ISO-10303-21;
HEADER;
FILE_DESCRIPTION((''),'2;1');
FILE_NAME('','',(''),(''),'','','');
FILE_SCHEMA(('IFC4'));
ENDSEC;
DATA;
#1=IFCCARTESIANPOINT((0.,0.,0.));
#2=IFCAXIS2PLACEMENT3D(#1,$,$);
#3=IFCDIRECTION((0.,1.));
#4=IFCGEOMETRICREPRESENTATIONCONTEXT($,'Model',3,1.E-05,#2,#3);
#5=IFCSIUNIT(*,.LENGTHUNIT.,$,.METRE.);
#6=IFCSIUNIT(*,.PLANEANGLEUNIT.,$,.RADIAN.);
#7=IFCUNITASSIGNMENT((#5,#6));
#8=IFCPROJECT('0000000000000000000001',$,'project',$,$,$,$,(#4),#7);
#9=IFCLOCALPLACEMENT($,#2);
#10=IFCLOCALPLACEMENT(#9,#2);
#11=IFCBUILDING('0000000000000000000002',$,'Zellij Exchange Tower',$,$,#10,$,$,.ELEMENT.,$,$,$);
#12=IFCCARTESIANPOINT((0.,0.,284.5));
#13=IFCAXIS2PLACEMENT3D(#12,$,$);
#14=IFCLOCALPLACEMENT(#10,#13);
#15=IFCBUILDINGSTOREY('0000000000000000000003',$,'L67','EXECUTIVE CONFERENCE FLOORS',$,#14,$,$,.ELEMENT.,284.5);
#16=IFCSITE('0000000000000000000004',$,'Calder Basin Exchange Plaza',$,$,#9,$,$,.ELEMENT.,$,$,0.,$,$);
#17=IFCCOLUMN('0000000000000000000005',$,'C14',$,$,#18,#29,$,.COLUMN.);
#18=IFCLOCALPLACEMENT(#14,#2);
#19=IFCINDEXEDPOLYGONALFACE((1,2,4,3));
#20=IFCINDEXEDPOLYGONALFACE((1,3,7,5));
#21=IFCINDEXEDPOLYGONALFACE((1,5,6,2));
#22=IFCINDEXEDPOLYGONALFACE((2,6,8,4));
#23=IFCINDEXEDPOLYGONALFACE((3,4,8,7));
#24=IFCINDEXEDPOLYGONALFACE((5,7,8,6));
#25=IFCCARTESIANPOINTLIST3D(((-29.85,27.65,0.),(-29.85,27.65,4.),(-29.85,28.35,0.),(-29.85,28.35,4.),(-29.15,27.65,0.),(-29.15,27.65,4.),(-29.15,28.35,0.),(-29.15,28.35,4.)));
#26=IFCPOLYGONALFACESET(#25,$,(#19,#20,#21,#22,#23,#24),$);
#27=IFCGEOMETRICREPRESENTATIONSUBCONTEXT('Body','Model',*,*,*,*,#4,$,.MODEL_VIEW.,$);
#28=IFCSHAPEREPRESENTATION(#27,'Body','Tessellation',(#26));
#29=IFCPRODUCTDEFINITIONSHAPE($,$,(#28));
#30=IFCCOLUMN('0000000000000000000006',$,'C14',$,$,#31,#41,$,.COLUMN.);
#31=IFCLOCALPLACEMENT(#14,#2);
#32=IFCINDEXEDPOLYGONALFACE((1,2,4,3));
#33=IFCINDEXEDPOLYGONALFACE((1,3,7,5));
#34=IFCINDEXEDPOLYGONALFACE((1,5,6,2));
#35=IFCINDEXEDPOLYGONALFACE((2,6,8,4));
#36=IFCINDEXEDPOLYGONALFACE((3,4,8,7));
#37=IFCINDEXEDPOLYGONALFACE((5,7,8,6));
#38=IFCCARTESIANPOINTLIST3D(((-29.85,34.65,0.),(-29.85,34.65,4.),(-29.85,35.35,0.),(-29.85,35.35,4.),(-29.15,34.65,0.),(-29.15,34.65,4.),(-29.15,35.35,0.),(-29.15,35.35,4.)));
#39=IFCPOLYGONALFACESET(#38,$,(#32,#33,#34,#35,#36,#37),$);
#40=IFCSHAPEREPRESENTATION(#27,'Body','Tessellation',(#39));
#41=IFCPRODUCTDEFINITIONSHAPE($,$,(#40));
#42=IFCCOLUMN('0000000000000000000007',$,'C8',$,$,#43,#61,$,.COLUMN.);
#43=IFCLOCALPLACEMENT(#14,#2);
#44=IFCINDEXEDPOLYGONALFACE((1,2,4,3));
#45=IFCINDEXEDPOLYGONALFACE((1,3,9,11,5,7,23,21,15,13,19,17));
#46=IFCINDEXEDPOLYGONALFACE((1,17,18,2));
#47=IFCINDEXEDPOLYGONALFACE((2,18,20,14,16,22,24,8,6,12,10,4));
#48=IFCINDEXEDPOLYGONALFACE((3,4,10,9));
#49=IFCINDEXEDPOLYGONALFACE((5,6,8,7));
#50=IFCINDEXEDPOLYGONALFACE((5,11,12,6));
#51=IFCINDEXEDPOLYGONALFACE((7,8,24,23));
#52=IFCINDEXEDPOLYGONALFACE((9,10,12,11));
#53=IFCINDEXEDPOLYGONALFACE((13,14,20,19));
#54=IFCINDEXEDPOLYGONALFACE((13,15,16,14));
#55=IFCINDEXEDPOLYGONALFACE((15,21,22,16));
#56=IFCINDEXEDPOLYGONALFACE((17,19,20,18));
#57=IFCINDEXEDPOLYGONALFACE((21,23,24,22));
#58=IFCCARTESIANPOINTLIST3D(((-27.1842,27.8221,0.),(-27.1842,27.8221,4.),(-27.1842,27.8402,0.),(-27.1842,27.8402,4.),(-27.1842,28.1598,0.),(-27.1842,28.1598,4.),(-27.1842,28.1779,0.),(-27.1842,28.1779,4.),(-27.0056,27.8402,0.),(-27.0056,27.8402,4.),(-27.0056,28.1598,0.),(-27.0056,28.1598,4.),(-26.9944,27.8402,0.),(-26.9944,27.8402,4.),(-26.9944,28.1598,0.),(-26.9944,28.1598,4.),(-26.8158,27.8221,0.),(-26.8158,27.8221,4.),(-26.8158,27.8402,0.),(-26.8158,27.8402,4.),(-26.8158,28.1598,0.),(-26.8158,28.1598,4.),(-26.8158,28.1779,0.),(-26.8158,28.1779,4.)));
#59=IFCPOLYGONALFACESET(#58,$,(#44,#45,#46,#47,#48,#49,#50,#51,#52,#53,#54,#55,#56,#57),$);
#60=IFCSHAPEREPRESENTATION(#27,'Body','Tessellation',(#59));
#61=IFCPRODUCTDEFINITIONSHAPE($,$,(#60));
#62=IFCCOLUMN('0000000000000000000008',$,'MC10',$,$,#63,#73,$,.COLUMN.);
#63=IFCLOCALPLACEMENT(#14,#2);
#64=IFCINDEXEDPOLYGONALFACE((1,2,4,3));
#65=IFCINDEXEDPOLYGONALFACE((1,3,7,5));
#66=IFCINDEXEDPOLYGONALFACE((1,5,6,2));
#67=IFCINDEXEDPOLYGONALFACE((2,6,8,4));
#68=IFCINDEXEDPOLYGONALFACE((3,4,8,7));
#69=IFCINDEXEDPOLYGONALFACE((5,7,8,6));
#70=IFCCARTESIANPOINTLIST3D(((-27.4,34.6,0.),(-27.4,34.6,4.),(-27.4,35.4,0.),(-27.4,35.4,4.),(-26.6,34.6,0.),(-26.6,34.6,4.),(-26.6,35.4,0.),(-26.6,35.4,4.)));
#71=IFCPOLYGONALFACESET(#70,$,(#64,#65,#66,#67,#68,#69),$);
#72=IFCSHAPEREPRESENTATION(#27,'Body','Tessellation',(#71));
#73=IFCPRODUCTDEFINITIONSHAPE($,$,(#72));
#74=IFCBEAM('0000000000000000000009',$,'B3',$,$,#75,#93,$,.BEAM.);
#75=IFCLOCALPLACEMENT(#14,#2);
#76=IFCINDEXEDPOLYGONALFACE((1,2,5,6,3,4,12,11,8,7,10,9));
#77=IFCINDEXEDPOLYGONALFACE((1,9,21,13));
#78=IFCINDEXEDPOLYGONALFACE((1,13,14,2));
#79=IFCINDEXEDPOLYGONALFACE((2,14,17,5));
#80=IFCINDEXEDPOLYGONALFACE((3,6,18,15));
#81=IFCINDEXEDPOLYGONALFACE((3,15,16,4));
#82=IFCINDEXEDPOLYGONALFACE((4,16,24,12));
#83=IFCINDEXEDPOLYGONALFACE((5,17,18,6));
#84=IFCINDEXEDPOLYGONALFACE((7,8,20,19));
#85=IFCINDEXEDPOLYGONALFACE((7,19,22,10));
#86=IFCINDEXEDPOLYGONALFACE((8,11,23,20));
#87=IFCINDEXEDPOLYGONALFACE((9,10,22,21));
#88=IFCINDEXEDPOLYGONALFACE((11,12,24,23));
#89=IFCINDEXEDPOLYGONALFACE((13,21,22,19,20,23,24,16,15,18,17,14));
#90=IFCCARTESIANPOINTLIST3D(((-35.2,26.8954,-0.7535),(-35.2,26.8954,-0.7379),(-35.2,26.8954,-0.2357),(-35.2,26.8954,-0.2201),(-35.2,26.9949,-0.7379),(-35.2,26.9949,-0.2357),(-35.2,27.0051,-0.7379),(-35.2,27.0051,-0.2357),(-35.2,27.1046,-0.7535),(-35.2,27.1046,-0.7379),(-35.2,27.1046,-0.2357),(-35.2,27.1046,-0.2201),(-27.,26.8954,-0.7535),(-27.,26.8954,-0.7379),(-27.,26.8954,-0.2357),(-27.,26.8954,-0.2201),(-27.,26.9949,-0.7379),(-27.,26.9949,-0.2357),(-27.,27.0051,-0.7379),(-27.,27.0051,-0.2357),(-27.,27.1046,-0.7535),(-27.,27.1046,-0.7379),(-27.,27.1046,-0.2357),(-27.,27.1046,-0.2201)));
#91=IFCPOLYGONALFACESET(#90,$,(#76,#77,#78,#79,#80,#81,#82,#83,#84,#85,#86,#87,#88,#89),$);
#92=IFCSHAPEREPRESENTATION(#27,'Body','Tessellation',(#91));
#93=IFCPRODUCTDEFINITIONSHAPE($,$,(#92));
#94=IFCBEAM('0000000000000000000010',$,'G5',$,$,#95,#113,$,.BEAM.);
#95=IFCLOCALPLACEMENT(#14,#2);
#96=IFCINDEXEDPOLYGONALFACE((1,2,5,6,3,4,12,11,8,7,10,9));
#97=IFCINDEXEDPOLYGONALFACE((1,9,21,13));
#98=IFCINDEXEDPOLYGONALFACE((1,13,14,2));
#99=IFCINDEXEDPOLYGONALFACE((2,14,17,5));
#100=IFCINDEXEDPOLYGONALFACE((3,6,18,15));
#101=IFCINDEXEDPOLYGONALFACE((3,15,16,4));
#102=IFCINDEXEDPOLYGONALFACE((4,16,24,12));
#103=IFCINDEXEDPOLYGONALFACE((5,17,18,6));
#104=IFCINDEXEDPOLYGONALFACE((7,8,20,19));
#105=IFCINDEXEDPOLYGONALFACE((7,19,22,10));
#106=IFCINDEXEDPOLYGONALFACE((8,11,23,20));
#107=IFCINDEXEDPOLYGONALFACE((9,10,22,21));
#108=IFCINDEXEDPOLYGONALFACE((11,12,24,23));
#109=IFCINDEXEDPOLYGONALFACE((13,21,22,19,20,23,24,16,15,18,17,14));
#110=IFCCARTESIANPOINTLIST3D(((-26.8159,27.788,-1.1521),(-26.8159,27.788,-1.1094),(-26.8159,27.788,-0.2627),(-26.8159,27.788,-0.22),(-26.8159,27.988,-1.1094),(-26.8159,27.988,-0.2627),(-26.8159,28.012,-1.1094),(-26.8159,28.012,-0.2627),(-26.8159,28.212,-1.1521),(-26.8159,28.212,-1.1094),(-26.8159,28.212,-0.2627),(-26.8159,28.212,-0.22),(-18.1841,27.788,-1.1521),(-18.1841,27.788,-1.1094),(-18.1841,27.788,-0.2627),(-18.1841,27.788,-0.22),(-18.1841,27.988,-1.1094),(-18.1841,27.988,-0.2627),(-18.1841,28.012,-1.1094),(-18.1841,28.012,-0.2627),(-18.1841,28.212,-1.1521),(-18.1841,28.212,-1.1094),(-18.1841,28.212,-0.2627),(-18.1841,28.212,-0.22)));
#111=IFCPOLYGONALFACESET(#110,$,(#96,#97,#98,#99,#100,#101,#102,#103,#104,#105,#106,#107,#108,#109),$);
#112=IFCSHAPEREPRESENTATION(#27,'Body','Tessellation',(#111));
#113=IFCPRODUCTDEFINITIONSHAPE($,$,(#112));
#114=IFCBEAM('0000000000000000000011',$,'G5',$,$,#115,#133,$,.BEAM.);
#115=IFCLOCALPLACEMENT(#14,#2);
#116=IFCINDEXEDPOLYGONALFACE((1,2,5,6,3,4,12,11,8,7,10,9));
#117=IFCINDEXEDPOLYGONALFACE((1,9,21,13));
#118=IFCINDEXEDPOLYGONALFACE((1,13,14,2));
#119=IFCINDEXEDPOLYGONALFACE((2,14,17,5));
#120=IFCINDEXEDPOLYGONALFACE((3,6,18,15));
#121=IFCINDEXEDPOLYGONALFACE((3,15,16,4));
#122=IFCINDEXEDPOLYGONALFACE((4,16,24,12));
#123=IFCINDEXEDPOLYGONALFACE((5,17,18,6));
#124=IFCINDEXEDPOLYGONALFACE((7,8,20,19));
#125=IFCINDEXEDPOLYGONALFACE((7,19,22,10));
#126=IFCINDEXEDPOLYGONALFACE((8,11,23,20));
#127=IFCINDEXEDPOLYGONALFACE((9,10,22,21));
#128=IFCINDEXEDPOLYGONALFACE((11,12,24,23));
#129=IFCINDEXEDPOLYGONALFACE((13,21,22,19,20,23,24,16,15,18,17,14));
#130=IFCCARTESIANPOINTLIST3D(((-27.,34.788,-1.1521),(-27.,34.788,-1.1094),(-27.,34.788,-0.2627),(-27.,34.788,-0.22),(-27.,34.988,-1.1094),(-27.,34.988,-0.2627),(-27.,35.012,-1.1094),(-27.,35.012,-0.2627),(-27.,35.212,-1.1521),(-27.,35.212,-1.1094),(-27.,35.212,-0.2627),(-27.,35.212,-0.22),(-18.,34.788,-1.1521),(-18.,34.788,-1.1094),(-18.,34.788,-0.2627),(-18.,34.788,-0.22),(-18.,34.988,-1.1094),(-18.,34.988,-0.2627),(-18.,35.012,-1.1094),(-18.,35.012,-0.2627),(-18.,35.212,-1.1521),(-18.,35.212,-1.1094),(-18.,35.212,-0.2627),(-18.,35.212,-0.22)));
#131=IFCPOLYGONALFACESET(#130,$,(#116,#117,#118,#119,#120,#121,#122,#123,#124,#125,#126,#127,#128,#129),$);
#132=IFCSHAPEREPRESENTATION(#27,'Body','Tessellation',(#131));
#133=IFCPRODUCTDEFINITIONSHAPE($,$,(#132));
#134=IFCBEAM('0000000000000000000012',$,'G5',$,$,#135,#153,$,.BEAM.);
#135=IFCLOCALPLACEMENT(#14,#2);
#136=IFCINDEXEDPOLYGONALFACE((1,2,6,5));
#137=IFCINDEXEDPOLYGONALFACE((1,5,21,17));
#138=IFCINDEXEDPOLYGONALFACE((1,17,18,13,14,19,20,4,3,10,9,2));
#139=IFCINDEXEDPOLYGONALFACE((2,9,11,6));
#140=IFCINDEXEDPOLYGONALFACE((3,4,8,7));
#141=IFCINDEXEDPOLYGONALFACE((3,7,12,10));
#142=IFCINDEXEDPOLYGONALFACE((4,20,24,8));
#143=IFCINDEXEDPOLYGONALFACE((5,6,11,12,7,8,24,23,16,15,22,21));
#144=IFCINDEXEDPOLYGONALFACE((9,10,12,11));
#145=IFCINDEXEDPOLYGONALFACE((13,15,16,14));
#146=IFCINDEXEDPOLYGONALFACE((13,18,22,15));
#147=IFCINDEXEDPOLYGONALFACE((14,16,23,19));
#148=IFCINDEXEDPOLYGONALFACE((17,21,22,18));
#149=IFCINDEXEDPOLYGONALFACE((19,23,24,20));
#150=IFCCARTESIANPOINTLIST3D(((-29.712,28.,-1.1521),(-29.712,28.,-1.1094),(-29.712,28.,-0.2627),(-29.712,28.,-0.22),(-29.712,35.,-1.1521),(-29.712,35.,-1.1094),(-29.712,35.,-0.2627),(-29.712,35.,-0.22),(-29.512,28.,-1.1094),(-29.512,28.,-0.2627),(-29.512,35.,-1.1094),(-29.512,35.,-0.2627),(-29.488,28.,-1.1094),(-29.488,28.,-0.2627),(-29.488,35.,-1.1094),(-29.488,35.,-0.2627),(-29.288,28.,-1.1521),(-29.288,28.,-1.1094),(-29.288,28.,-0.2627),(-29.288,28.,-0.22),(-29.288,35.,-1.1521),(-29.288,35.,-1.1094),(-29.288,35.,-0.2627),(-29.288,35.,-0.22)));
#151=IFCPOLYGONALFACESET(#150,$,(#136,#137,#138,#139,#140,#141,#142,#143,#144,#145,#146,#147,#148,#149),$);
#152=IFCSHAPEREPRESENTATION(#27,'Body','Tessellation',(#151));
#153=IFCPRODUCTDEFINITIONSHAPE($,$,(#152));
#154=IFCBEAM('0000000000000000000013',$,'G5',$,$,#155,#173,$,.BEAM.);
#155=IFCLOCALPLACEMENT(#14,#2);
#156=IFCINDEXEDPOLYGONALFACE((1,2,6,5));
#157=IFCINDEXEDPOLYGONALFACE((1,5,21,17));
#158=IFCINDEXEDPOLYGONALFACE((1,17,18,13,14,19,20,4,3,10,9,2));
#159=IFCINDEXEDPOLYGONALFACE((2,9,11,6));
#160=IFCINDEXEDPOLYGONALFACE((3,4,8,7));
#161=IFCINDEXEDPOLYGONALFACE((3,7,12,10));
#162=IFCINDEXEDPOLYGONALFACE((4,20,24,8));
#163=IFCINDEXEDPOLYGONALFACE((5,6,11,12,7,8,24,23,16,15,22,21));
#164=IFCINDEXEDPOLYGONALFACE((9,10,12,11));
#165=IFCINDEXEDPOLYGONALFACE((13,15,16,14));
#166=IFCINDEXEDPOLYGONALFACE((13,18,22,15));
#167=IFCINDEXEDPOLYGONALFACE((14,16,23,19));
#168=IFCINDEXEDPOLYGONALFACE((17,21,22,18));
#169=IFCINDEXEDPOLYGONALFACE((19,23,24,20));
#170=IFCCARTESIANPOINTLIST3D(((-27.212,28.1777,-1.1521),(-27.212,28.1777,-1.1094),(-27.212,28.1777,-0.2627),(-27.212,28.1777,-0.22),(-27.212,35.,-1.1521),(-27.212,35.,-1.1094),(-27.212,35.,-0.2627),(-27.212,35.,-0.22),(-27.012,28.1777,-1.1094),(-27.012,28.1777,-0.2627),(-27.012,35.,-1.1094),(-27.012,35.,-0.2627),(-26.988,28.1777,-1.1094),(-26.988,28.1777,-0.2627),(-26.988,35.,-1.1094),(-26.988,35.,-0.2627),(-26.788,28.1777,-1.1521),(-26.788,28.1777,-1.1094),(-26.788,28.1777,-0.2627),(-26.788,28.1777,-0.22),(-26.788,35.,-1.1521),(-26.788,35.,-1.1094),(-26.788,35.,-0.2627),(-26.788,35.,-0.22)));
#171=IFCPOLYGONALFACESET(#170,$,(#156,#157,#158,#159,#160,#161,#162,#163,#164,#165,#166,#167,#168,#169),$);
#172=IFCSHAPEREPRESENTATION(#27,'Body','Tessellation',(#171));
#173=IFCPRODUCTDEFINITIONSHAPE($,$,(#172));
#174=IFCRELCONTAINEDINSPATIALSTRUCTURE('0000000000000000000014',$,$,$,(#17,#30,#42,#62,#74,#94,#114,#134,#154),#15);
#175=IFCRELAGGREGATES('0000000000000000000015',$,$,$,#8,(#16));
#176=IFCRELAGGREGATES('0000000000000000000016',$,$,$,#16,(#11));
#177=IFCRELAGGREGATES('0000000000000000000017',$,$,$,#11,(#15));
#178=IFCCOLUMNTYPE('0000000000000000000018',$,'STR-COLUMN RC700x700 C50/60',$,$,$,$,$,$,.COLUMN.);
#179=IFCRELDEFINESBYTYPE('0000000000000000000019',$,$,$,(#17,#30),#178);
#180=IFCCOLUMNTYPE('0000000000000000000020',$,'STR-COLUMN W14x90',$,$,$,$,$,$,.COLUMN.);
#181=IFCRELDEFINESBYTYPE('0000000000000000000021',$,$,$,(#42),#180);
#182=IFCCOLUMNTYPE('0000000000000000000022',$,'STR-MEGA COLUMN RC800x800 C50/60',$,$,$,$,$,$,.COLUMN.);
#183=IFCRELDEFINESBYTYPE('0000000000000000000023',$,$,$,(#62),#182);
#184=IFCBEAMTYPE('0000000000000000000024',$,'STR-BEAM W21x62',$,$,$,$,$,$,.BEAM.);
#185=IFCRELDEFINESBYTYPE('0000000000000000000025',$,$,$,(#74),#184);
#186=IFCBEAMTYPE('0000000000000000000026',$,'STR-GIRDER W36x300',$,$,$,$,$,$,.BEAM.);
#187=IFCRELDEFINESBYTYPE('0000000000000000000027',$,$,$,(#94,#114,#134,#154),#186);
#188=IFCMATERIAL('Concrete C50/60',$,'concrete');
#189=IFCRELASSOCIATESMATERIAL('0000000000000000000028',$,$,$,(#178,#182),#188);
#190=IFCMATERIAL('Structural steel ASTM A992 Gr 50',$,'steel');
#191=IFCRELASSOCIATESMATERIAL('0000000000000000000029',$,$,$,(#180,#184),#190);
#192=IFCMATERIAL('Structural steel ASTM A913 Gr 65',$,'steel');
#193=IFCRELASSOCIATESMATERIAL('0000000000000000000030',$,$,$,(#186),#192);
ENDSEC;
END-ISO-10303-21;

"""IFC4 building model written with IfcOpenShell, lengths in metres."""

from ifc_helpers import new_model, si_unit, direction, frame, origin, origin_2d, place, context, subcontext, project, spatial, rectangle, i_section, extrude, material, material_profile, profile_set, type_object, element, save


model = new_model("IFC4")

# Units and contexts
model_context = context("Model", 3, precision=1e-05, world=origin(), true_north=direction((0.0, 1.0)))
body_context = subcontext(model_context, "Body", "Model", "MODEL_VIEW")
ifc_project = project(units=[si_unit("LENGTHUNIT", "METRE"), si_unit("PLANEANGLEUNIT", "RADIAN")], contexts=[model_context])

# Site, building, storey
site_placement = place(None, origin())
site = spatial("IfcSite", under=ifc_project, at=site_placement, Name="Calder Basin Exchange Plaza", CompositionType="ELEMENT", RefElevation=0.0)
building_placement = place(site_placement, origin())
building = spatial("IfcBuilding", under=site, at=building_placement, Name="Zellij Exchange Tower", CompositionType="ELEMENT")
storey_placement = place(building_placement, frame((0.0, 0.0, 284.5)))
storey = spatial("IfcBuildingStorey", under=building, at=storey_placement, Name="L67", Description="EXECUTIVE CONFERENCE FLOORS", CompositionType="ELEMENT", Elevation=284.5)

# Columns
ifc_material_1 = material(Name="Concrete C50/60", Category="concrete")
ifc_material_profile_1 = material_profile(ifc_material_1, rectangle(XDim=0.7, YDim=0.7, at=origin_2d()), Name="STR-COLUMN RC700x700 C50/60")
ifc_profile_set_1 = profile_set([ifc_material_profile_1], Name="Concrete C50/60")
column_type_1 = type_object("IfcColumnType", Name="STR-COLUMN RC700x700 C50/60", PredefinedType="COLUMN", material=ifc_profile_set_1)
for number, where, z_axis, x_axis, name in (
    (1, (-29.5, 28.0, 0.0), (0.0, 0.0, 1.0), (1.0, 0.0, 0.0), "C14"),
    (2, (-29.5, 35.0, 0.0), (0.0, 0.0, 1.0), (1.0, 0.0, 0.0), "C14"),
):
    element("IfcColumn", number, at=place(storey_placement, frame(where, z_axis=z_axis, x_axis=x_axis)), inside=storey, type_object=column_type_1, Name=name, PredefinedType="COLUMN", context=body_context, shape_type="SweptSolid", body=[
        extrude(rectangle(XDim=0.7, YDim=0.7, at=origin_2d()), origin(), (0.0, 0.0, 1.0), 4.0),
    ])
ifc_material_2 = material(Name="Structural steel ASTM A992 Gr 50", Category="steel")
ifc_material_profile_2 = material_profile(ifc_material_2, i_section(OverallWidth=0.3684, OverallDepth=0.3557, WebThickness=0.0112, FlangeThickness=0.0181, at=origin_2d()), Name="W14x90")
ifc_profile_set_2 = profile_set([ifc_material_profile_2], Name="Structural steel ASTM A992 Gr 50")
column_type_2 = type_object("IfcColumnType", Name="STR-COLUMN W14x90", PredefinedType="COLUMN", material=ifc_profile_set_2)
column_1_placement = place(storey_placement, frame((-27.0, 28.0, 0.0), z_axis=(0.0, 0.0, 1.0), x_axis=(1.0, 0.0, 0.0)))
element("IfcColumn", 3, at=column_1_placement, inside=storey, type_object=column_type_2, Name="C8", PredefinedType="COLUMN", context=body_context, shape_type="SweptSolid", body=[
    extrude(i_section(OverallWidth=0.3684, OverallDepth=0.3557, WebThickness=0.0112, FlangeThickness=0.0181, at=origin_2d()), origin(), (0.0, 0.0, 1.0), 4.0),
])
ifc_material_profile_3 = material_profile(ifc_material_1, rectangle(XDim=0.8, YDim=0.8, at=origin_2d()), Name="STR-MEGA COLUMN RC800x800 C50/60")
ifc_profile_set_3 = profile_set([ifc_material_profile_3], Name="Concrete C50/60")
column_type_3 = type_object("IfcColumnType", Name="STR-MEGA COLUMN RC800x800 C50/60", PredefinedType="COLUMN", material=ifc_profile_set_3)
column_2_placement = place(storey_placement, frame((-27.0, 35.0, 0.0), z_axis=(0.0, 0.0, 1.0), x_axis=(1.0, 0.0, 0.0)))
element("IfcColumn", 4, at=column_2_placement, inside=storey, type_object=column_type_3, Name="MC10", PredefinedType="COLUMN", context=body_context, shape_type="SweptSolid", body=[
    extrude(rectangle(XDim=0.8, YDim=0.8, at=origin_2d()), origin(), (0.0, 0.0, 1.0), 4.0),
])

# Beams
ifc_material_profile_4 = material_profile(ifc_material_2, i_section(OverallWidth=0.2092, OverallDepth=0.5334, WebThickness=0.0103, FlangeThickness=0.0156, at=origin_2d()), Name="W21x62")
ifc_profile_set_4 = profile_set([ifc_material_profile_4], Name="Structural steel ASTM A992 Gr 50")
beam_type_1 = type_object("IfcBeamType", Name="STR-BEAM W21x62", PredefinedType="BEAM", material=ifc_profile_set_4)
beam_1_placement = place(storey_placement, frame((-35.2, 27.0, -0.4868), z_axis=(1.0, 0.0, 0.0), x_axis=(0.0, 1.0, 0.0)))
element("IfcBeam", 5, at=beam_1_placement, inside=storey, type_object=beam_type_1, Name="B3", PredefinedType="BEAM", context=body_context, shape_type="SweptSolid", body=[
    extrude(i_section(OverallWidth=0.2092, OverallDepth=0.5334, WebThickness=0.0103, FlangeThickness=0.0156, at=origin_2d()), origin(), (0.0, 0.0, 1.0), 8.2),
])
ifc_material_3 = material(Name="Structural steel ASTM A913 Gr 65", Category="steel")
ifc_material_profile_5 = material_profile(ifc_material_3, i_section(OverallWidth=0.4241, OverallDepth=0.9321, WebThickness=0.0239, FlangeThickness=0.0427, at=origin_2d()), Name="W36x300")
ifc_profile_set_5 = profile_set([ifc_material_profile_5], Name="Structural steel ASTM A913 Gr 65")
beam_type_2 = type_object("IfcBeamType", Name="STR-GIRDER W36x300", PredefinedType="BEAM", material=ifc_profile_set_5)
beam_2_placement = place(storey_placement, frame((-26.8159, 28.0, -0.686), z_axis=(1.0, 0.0, 0.0), x_axis=(0.0, 1.0, 0.0)))
element("IfcBeam", 6, at=beam_2_placement, inside=storey, type_object=beam_type_2, Name="G5", PredefinedType="BEAM", context=body_context, shape_type="SweptSolid", body=[
    extrude(i_section(OverallWidth=0.4241, OverallDepth=0.9321, WebThickness=0.0239, FlangeThickness=0.0427, at=origin_2d()), origin(), (0.0, 0.0, 1.0), 8.6318),
])
beam_3_placement = place(storey_placement, frame((-27.0, 35.0, -0.686), z_axis=(1.0, 0.0, 0.0), x_axis=(0.0, 1.0, 0.0)))
element("IfcBeam", 7, at=beam_3_placement, inside=storey, type_object=beam_type_2, Name="G5", PredefinedType="BEAM", context=body_context, shape_type="SweptSolid", body=[
    extrude(i_section(OverallWidth=0.4241, OverallDepth=0.9321, WebThickness=0.0239, FlangeThickness=0.0427, at=origin_2d()), origin(), (0.0, 0.0, 1.0), 9.0),
])
beam_4_placement = place(storey_placement, frame((-29.5, 28.0, -0.686), z_axis=(0.0, 1.0, 0.0), x_axis=(-1.0, 0.0, 0.0)))
element("IfcBeam", 8, at=beam_4_placement, inside=storey, type_object=beam_type_2, Name="G5", PredefinedType="BEAM", context=body_context, shape_type="SweptSolid", body=[
    extrude(i_section(OverallWidth=0.4241, OverallDepth=0.9321, WebThickness=0.0239, FlangeThickness=0.0427, at=origin_2d()), origin(), (0.0, 0.0, 1.0), 7.0),
])
beam_5_placement = place(storey_placement, frame((-27.0, 28.1777, -0.686), z_axis=(0.0, 1.0, 0.0), x_axis=(-1.0, 0.0, 0.0)))
element("IfcBeam", 9, at=beam_5_placement, inside=storey, type_object=beam_type_2, Name="G5", PredefinedType="BEAM", context=body_context, shape_type="SweptSolid", body=[
    extrude(i_section(OverallWidth=0.4241, OverallDepth=0.9321, WebThickness=0.0239, FlangeThickness=0.0427, at=origin_2d()), origin(), (0.0, 0.0, 1.0), 6.8223),
])

save(model, "model.ifc")
